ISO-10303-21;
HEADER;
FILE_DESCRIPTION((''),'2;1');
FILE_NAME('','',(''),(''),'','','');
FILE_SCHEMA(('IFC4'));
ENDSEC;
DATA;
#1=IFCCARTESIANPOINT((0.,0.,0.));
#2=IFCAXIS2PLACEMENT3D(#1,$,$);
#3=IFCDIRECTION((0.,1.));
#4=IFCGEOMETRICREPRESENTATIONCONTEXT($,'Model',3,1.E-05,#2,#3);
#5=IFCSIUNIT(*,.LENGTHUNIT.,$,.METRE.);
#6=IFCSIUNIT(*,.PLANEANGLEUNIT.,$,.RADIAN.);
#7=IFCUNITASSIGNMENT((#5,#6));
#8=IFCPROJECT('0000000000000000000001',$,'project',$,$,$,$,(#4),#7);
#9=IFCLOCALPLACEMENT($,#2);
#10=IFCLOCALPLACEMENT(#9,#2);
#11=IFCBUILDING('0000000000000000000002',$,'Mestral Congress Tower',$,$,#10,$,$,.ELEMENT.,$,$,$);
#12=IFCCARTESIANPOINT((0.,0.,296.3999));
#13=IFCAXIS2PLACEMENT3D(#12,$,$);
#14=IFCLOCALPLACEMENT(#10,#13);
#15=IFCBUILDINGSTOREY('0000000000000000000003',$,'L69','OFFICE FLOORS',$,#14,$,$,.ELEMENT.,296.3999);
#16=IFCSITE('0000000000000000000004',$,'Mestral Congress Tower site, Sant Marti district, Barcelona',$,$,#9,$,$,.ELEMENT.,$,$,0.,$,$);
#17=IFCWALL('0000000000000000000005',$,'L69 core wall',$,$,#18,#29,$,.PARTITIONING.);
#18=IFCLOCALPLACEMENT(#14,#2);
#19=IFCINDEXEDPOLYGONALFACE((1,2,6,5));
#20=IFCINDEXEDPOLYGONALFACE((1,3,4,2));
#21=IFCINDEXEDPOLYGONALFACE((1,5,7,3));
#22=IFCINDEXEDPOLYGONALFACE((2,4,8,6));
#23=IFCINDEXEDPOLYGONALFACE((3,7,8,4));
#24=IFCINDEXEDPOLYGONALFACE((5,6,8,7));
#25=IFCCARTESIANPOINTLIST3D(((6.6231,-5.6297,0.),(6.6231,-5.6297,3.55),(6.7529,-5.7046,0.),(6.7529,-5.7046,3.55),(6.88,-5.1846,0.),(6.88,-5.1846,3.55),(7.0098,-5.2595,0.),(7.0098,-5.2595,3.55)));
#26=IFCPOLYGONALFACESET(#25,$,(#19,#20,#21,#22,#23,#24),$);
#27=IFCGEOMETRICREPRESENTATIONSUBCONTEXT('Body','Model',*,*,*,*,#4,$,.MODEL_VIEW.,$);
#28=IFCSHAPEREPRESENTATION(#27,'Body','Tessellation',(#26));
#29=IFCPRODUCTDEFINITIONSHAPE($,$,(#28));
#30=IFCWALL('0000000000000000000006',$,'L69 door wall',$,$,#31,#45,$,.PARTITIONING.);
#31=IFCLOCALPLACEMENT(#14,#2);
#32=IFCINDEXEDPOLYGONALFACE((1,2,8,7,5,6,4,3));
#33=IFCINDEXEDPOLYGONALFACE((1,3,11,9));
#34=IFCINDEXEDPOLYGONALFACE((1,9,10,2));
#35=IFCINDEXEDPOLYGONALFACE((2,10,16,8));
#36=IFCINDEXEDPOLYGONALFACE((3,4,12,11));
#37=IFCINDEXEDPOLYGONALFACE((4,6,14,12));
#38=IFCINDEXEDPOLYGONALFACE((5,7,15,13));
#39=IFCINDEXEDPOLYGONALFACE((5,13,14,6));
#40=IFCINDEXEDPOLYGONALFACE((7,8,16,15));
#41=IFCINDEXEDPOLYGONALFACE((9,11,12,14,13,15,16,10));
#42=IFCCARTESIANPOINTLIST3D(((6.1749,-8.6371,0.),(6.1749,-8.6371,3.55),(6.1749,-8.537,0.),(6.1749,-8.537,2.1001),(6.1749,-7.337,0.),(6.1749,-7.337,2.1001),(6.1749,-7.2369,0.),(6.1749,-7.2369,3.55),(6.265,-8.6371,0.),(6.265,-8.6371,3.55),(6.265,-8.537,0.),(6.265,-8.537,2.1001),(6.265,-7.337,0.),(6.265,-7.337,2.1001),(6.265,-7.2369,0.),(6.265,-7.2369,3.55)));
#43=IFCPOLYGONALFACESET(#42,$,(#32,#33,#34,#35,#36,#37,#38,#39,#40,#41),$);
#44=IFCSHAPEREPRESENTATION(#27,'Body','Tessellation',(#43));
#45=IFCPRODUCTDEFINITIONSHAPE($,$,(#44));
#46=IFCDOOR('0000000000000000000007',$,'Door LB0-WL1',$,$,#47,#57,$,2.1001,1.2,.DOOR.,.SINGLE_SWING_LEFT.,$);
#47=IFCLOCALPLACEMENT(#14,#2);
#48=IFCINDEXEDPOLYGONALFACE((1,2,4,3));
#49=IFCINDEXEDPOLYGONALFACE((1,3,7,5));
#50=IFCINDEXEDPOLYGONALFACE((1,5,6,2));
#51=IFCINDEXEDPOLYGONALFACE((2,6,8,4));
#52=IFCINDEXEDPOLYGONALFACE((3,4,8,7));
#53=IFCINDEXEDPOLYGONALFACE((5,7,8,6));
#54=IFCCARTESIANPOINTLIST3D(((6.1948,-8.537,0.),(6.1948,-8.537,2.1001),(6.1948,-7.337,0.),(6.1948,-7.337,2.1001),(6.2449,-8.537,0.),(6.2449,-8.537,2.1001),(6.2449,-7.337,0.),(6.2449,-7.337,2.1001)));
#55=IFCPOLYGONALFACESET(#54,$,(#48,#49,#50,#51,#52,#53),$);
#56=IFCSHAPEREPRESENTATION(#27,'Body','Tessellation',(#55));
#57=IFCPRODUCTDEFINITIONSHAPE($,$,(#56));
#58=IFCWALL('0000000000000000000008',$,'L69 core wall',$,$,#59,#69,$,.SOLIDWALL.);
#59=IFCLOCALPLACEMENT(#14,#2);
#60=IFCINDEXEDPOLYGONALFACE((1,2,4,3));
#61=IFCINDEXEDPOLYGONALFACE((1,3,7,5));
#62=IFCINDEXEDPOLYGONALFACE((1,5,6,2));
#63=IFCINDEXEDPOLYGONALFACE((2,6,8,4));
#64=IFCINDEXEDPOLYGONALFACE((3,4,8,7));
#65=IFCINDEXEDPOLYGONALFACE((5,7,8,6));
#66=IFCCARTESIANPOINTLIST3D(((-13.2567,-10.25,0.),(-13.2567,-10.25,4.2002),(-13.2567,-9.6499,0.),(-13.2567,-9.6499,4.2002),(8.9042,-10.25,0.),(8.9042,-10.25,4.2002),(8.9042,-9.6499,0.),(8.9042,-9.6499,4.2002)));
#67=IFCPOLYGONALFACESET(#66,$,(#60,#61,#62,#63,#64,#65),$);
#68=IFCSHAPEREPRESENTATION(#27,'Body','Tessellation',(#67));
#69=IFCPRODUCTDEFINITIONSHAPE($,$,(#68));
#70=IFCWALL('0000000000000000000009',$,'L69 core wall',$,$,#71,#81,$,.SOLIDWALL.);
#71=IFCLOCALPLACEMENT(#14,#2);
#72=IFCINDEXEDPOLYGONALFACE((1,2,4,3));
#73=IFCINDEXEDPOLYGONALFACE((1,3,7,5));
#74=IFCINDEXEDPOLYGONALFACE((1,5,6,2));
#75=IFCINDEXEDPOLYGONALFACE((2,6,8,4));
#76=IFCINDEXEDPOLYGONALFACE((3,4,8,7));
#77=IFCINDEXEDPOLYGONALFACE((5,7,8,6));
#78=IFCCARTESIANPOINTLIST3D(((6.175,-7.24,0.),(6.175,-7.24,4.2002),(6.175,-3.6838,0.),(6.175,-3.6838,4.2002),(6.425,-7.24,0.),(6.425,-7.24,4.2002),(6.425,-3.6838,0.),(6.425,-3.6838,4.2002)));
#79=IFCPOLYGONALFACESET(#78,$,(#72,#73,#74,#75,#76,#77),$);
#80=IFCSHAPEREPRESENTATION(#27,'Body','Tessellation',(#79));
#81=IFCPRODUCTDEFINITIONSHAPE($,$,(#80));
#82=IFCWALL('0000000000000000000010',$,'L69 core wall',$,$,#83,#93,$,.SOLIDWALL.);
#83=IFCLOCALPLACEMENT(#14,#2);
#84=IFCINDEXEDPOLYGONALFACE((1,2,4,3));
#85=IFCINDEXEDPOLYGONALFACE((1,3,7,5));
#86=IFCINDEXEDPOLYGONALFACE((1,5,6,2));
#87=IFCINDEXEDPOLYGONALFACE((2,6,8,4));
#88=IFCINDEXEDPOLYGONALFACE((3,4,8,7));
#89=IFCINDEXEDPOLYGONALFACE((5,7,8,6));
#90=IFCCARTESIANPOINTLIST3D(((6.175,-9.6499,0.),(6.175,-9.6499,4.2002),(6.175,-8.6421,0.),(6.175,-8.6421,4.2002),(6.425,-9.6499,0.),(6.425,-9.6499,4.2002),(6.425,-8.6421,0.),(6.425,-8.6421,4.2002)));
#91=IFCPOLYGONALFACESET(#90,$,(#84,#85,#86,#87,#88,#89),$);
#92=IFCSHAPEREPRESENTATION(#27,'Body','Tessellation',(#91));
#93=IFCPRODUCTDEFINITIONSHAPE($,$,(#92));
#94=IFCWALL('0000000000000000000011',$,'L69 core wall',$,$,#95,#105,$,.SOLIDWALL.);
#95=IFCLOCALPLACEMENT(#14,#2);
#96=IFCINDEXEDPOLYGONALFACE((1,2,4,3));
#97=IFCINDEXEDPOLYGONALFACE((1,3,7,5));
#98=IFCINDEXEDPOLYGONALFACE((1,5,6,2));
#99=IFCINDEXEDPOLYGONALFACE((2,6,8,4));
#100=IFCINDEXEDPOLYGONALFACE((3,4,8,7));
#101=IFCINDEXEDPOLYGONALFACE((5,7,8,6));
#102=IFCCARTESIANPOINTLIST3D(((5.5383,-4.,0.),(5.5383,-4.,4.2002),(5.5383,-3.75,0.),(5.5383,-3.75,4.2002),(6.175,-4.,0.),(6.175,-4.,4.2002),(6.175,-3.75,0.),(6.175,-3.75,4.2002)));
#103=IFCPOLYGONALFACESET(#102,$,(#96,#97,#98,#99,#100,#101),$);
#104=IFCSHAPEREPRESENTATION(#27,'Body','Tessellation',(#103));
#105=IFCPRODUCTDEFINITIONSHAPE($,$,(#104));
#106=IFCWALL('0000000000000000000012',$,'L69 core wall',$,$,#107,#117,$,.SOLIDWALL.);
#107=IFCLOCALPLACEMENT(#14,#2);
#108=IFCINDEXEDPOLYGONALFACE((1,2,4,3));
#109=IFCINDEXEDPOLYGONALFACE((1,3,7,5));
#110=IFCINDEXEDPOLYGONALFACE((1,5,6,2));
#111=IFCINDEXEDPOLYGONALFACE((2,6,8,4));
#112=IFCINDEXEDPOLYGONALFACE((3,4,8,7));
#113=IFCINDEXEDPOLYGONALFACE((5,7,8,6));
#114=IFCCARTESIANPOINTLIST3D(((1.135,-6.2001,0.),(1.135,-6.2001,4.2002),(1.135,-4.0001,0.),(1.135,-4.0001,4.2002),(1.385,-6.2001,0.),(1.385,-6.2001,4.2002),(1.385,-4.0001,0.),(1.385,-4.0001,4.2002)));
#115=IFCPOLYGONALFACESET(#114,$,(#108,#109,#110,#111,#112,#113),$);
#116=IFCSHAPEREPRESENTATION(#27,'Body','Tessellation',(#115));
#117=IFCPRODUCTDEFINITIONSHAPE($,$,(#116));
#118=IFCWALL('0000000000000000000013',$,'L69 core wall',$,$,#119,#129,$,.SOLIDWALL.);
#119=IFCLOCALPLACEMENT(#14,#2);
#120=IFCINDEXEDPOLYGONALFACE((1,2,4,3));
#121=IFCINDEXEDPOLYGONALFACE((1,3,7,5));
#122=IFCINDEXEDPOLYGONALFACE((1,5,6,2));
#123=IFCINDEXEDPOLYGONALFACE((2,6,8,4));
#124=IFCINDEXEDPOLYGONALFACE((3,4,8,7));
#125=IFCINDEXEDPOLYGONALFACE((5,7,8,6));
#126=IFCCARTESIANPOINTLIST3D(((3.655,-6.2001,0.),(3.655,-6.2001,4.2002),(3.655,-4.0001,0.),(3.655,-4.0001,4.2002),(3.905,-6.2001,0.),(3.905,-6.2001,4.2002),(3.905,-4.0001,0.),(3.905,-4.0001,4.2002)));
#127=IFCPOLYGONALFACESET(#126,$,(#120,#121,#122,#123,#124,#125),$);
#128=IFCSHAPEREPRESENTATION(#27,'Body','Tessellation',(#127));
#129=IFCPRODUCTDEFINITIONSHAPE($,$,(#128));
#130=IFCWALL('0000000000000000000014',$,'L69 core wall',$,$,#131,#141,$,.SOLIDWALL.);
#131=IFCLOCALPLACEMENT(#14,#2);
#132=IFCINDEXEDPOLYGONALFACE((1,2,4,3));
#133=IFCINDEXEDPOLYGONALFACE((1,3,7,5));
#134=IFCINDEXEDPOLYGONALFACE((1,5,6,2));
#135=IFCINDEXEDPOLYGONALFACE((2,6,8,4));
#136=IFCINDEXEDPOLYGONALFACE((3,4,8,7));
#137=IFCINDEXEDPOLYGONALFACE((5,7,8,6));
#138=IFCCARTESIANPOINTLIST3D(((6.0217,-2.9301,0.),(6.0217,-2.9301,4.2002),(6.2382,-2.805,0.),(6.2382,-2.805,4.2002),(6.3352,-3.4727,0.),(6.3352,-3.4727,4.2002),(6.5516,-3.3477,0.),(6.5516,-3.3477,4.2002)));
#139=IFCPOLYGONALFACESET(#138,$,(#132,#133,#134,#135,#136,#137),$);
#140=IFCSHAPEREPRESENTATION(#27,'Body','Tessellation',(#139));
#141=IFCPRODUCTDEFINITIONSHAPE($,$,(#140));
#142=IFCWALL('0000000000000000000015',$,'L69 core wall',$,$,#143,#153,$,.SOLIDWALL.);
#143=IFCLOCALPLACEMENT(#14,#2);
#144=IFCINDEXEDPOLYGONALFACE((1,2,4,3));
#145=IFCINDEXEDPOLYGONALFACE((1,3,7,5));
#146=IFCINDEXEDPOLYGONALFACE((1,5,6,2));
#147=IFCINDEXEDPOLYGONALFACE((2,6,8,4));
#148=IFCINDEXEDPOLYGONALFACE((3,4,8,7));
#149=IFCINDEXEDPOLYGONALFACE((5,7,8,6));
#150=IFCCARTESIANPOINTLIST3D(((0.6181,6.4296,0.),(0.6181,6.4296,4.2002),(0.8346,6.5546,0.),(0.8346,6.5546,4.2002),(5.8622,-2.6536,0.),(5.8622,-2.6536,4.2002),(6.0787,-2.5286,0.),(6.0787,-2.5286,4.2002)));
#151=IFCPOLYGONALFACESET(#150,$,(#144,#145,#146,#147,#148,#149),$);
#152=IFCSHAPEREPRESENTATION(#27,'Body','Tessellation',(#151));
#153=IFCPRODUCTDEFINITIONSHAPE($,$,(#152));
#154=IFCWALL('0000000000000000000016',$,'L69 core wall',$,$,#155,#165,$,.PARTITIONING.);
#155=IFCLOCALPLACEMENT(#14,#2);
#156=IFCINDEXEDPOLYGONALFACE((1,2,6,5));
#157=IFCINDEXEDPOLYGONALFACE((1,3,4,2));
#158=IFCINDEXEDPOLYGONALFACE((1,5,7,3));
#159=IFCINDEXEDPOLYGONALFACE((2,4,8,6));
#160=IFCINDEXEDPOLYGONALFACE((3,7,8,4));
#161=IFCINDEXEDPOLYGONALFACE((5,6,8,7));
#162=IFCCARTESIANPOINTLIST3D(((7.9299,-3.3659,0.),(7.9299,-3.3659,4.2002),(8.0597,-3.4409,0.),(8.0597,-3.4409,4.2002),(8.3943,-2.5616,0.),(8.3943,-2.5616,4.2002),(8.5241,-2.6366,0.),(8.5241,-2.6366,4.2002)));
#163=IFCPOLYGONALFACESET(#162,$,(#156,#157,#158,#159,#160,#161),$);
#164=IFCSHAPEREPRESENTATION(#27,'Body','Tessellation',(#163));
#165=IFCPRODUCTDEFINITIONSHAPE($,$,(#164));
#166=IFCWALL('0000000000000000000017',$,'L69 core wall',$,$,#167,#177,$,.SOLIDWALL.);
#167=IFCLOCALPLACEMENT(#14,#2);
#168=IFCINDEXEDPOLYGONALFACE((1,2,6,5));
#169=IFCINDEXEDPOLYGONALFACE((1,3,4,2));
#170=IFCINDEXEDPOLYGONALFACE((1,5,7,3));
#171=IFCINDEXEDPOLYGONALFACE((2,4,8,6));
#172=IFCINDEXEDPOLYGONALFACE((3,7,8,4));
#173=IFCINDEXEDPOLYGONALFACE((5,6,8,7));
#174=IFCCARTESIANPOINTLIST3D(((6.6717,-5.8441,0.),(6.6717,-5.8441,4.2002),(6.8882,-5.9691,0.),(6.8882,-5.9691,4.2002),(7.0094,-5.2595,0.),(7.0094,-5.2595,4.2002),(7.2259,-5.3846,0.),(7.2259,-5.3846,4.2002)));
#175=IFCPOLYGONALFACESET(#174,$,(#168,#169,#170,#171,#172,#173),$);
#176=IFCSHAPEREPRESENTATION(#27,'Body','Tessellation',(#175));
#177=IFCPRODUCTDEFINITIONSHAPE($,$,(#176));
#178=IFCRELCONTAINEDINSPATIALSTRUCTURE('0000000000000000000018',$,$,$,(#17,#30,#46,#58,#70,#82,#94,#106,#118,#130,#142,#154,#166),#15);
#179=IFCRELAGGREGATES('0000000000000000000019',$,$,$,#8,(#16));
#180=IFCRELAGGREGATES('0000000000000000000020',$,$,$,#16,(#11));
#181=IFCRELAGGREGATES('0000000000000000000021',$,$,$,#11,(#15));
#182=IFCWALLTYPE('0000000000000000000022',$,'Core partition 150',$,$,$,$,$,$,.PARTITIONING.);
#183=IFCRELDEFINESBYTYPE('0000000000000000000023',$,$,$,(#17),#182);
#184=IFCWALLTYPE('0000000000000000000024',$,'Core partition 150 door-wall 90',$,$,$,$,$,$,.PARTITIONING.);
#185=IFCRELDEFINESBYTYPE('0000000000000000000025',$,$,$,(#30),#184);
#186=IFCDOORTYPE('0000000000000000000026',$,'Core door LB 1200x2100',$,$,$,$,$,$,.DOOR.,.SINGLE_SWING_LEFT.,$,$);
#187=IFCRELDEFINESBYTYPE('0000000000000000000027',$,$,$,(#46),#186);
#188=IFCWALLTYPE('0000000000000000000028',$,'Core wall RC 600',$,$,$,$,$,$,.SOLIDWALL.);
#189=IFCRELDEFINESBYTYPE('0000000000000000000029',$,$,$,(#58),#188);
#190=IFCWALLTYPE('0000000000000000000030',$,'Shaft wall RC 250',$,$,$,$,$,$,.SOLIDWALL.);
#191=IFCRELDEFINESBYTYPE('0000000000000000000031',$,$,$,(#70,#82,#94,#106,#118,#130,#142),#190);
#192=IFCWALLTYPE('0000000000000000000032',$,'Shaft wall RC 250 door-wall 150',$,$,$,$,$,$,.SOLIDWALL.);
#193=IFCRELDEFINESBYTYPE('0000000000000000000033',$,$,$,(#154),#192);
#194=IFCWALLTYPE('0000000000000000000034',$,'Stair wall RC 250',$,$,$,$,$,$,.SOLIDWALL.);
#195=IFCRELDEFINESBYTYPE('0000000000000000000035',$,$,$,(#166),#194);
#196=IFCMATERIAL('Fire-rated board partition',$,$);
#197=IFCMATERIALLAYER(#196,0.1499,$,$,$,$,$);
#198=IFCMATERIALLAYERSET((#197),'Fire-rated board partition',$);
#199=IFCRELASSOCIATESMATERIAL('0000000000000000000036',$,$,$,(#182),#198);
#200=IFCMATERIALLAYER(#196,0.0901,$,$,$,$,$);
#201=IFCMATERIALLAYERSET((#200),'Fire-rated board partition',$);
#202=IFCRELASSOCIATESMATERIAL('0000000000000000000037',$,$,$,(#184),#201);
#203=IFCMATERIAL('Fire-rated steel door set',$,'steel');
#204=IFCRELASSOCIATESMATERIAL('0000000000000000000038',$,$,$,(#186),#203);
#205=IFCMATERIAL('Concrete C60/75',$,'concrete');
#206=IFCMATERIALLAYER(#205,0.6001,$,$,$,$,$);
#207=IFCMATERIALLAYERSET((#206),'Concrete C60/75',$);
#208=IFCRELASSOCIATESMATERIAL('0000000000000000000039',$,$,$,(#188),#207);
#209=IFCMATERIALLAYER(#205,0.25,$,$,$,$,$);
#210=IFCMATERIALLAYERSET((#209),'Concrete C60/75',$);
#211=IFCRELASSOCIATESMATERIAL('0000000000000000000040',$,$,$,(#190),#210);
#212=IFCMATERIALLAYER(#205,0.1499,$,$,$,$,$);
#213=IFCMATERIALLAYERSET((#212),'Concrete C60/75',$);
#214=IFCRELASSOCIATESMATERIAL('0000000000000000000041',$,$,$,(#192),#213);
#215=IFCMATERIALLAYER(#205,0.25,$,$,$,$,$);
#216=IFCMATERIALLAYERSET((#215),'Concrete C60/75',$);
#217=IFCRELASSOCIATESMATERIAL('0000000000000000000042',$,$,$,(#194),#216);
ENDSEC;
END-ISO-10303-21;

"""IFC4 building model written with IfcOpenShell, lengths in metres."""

from ifc_helpers import new_model, si_unit, direction, frame, frame_2d, origin, place, context, subcontext, project, spatial, rectangle, extrude, material, layer, layer_set, type_object, element, fill, save


model = new_model("IFC4")

# Units and contexts
model_context = context("Model", 3, precision=1e-05, world=origin(), true_north=direction((0.0, 1.0)))
body_context = subcontext(model_context, "Body", "Model", "MODEL_VIEW")
ifc_project = project(units=[si_unit("LENGTHUNIT", "METRE"), si_unit("PLANEANGLEUNIT", "RADIAN")], contexts=[model_context])

# Site, building, storey
site_placement = place(None, origin())
site = spatial("IfcSite", under=ifc_project, at=site_placement, Name="Mestral Congress Tower site, Sant Marti district, Barcelona", CompositionType="ELEMENT", RefElevation=0.0)
building_placement = place(site_placement, origin())
building = spatial("IfcBuilding", under=site, at=building_placement, Name="Mestral Congress Tower", CompositionType="ELEMENT")
storey_placement = place(building_placement, frame((0.0, 0.0, 296.3999)))
storey = spatial("IfcBuildingStorey", under=building, at=storey_placement, Name="L69", Description="OFFICE FLOORS", CompositionType="ELEMENT", Elevation=296.3999)

# Wall
ifc_material_1 = material(Name="Fire-rated board partition")
ifc_layer_1 = layer(ifc_material_1, 0.1499)
ifc_layer_set_1 = layer_set([ifc_layer_1], Name="Fire-rated board partition")
wall_type_1 = type_object("IfcWallType", Name="Core partition 150", PredefinedType="PARTITIONING", material=ifc_layer_set_1)
wall_1_placement = place(storey_placement, frame((6.9448, -5.2222, 0.0), z_axis=(0.0, 0.0, 1.0), x_axis=(-0.499818, -0.86613, 0.0)))
element("IfcWall", 1, at=wall_1_placement, inside=storey, type_object=wall_type_1, Name="L69 core wall", PredefinedType="PARTITIONING", context=body_context, shape_type="SweptSolid", body=[
    extrude(rectangle(XDim=0.5139, YDim=0.1499, at=frame_2d((0.2568, 0.0))), origin(), (0.0, 0.0, 1.0), 3.55),
])

# Wall, opening, door
ifc_layer_2 = layer(ifc_material_1, 0.0901)
ifc_layer_set_2 = layer_set([ifc_layer_2], Name="Fire-rated board partition")
wall_type_2 = type_object("IfcWallType", Name="Core partition 150 door-wall 90", PredefinedType="PARTITIONING", material=ifc_layer_set_2)
wall_2_placement = place(storey_placement, frame((6.22, -7.2368, 0.0), z_axis=(0.0, 0.0, 1.0), x_axis=(0.0, -1.0, 0.0)))
wall_2 = element("IfcWall", 2, at=wall_2_placement, inside=storey, type_object=wall_type_2, Name="L69 door wall", PredefinedType="PARTITIONING", context=body_context, shape_type="SweptSolid", body=[
    extrude(rectangle(XDim=1.4001, YDim=0.0901, at=frame_2d((0.7002, 0.0))), origin(), (0.0, 0.0, 1.0), 3.55),
])
opening_1_placement = place(wall_2_placement, frame((0.1001, 0.0, 0.0)))
opening_1 = element("IfcOpeningElement", 3, at=opening_1_placement, cuts=wall_2, PredefinedType="OPENING", context=body_context, shape_type="SweptSolid", body=[
    extrude(rectangle(XDim=1.2, YDim=2.1001, at=frame_2d((0.6001, 1.05))), frame((0.0, 0.0549, 0.0), z_axis=(0.0, -1.0, 0.0), x_axis=(1.0, 0.0, 0.0)), (0.0, 0.0, 1.0), 0.1101),
])
ifc_material_2 = material(Name="Fire-rated steel door set", Category="steel")
door_type_1 = type_object("IfcDoorType", Name="Core door LB 1200x2100", OperationType="SINGLE_SWING_LEFT", PredefinedType="DOOR", material=ifc_material_2)
door_1_placement = place(opening_1_placement, origin())
door_1 = element("IfcDoor", 4, at=door_1_placement, inside=storey, type_object=door_type_1, Name="Door LB0-WL1", OperationType="SINGLE_SWING_LEFT", OverallHeight=2.1001, OverallWidth=1.2, PredefinedType="DOOR", context=body_context, shape_type="SweptSolid", body=[
    extrude(rectangle(XDim=1.2, YDim=2.1001, at=frame_2d((0.6001, 1.05))), frame((0.0, 0.0249, 0.0), z_axis=(0.0, -1.0, 0.0), x_axis=(1.0, 0.0, 0.0)), (0.0, 0.0, 1.0), 0.05),
])
fill(opening_1, door_1)

# Walls
ifc_material_3 = material(Name="Concrete C60/75", Category="concrete")
ifc_layer_3 = layer(ifc_material_3, 0.6001)
ifc_layer_set_3 = layer_set([ifc_layer_3], Name="Concrete C60/75")
wall_type_3 = type_object("IfcWallType", Name="Core wall RC 600", PredefinedType="SOLIDWALL", material=ifc_layer_set_3)
wall_3_placement = place(storey_placement, frame((8.9043, -9.95, 0.0), z_axis=(0.0, 0.0, 1.0), x_axis=(-1.0, 0.0, 0.0)))
element("IfcWall", 5, at=wall_3_placement, inside=storey, type_object=wall_type_3, Name="L69 core wall", PredefinedType="SOLIDWALL", context=body_context, shape_type="SweptSolid", body=[
    extrude(rectangle(XDim=22.1609, YDim=0.6001, at=frame_2d((11.0806, 0.0))), origin(), (0.0, 0.0, 1.0), 4.2002),
])
ifc_layer_4 = layer(ifc_material_3, 0.25)
ifc_layer_set_4 = layer_set([ifc_layer_4], Name="Concrete C60/75")
wall_type_4 = type_object("IfcWallType", Name="Shaft wall RC 250", PredefinedType="SOLIDWALL", material=ifc_layer_set_4)
wall_4_placement = place(storey_placement, frame((6.3, -7.24, 0.0), z_axis=(0.0, 0.0, 1.0), x_axis=(0.0, 1.0, 0.0)))
element("IfcWall", 6, at=wall_4_placement, inside=storey, type_object=wall_type_4, Name="L69 core wall", PredefinedType="SOLIDWALL", context=body_context, shape_type="SweptSolid", body=[
    extrude(rectangle(XDim=3.5562, YDim=0.25, at=frame_2d((1.7781, 0.0))), origin(), (0.0, 0.0, 1.0), 4.2002),
])
wall_5_placement = place(storey_placement, frame((6.3, -9.6499, 0.0), z_axis=(0.0, 0.0, 1.0), x_axis=(0.0, 1.0, 0.0)))
element("IfcWall", 7, at=wall_5_placement, inside=storey, type_object=wall_type_4, Name="L69 core wall", PredefinedType="SOLIDWALL", context=body_context, shape_type="SweptSolid", body=[
    extrude(rectangle(XDim=1.0078, YDim=0.25, at=frame_2d((0.5039, 0.0))), origin(), (0.0, 0.0, 1.0), 4.2002),
])
wall_6_placement = place(storey_placement, frame((5.5383, -3.875, 0.0), z_axis=(0.0, 0.0, 1.0), x_axis=(1.0, 0.0, 0.0)))
element("IfcWall", 8, at=wall_6_placement, inside=storey, type_object=wall_type_4, Name="L69 core wall", PredefinedType="SOLIDWALL", context=body_context, shape_type="SweptSolid", body=[
    extrude(rectangle(XDim=0.6367, YDim=0.25, at=frame_2d((0.3184, 0.0))), origin(), (0.0, 0.0, 1.0), 4.2002),
])
for number, where, z_axis, x_axis, name in (
    (9, (1.26, -4.0, 0.0), (0.0, 0.0, 1.0), (0.0, -1.0, 0.0), "L69 core wall"),
    (10, (3.78, -4.0, 0.0), (0.0, 0.0, 1.0), (0.0, -1.0, 0.0), "L69 core wall"),
):
    element("IfcWall", number, at=place(storey_placement, frame(where, z_axis=z_axis, x_axis=x_axis)), inside=storey, type_object=wall_type_4, Name=name, PredefinedType="SOLIDWALL", context=body_context, shape_type="SweptSolid", body=[
        extrude(rectangle(XDim=2.2, YDim=0.25, at=frame_2d((1.1001, 0.0))), origin(), (0.0, 0.0, 1.0), 4.2002),
    ])
wall_7_placement = place(storey_placement, frame((6.1299, -2.8674, 0.0), z_axis=(0.0, 0.0, 1.0), x_axis=(0.500161, -0.865933, 0.0)))
element("IfcWall", 11, at=wall_7_placement, inside=storey, type_object=wall_type_4, Name="L69 core wall", PredefinedType="SOLIDWALL", context=body_context, shape_type="SweptSolid", body=[
    extrude(rectangle(XDim=0.6267, YDim=0.25, at=frame_2d((0.3135, 0.0))), origin(), (0.0, 0.0, 1.0), 4.2002),
])
wall_8_placement = place(storey_placement, frame((5.9705, -2.5911, 0.0), z_axis=(0.0, 0.0, 1.0), x_axis=(-0.499994, 0.866029, 0.0)))
element("IfcWall", 12, at=wall_8_placement, inside=storey, type_object=wall_type_4, Name="L69 core wall", PredefinedType="SOLIDWALL", context=body_context, shape_type="SweptSolid", body=[
    extrude(rectangle(XDim=10.4883, YDim=0.25, at=frame_2d((5.2441, 0.0))), origin(), (0.0, 0.0, 1.0), 4.2002),
])
ifc_layer_5 = layer(ifc_material_3, 0.1499)
ifc_layer_set_5 = layer_set([ifc_layer_5], Name="Concrete C60/75")
wall_type_5 = type_object("IfcWallType", Name="Shaft wall RC 250 door-wall 150", PredefinedType="SOLIDWALL", material=ifc_layer_set_5)
wall_9_placement = place(storey_placement, frame((8.4592, -2.5991, 0.0), z_axis=(0.0, 0.0, 1.0), x_axis=(-0.500041, -0.866002, 0.0)))
element("IfcWall", 13, at=wall_9_placement, inside=storey, type_object=wall_type_5, Name="L69 core wall", PredefinedType="PARTITIONING", context=body_context, shape_type="SweptSolid", body=[
    extrude(rectangle(XDim=0.9287, YDim=0.1499, at=frame_2d((0.4644, 0.0))), origin(), (0.0, 0.0, 1.0), 4.2002),
])
ifc_layer_6 = layer(ifc_material_3, 0.25)
ifc_layer_set_6 = layer_set([ifc_layer_6], Name="Concrete C60/75")
wall_type_6 = type_object("IfcWallType", Name="Stair wall RC 250", PredefinedType="SOLIDWALL", material=ifc_layer_set_6)
wall_10_placement = place(storey_placement, frame((6.78, -5.9065, 0.0), z_axis=(0.0, 0.0, 1.0), x_axis=(0.500223, 0.865896, 0.0)))
element("IfcWall", 14, at=wall_10_placement, inside=storey, type_object=wall_type_6, Name="L69 core wall", PredefinedType="SOLIDWALL", context=body_context, shape_type="SweptSolid", body=[
    extrude(rectangle(XDim=0.675, YDim=0.25, at=frame_2d((0.3374, 0.0))), origin(), (0.0, 0.0, 1.0), 4.2002),
])

save(model, "model.ifc")
